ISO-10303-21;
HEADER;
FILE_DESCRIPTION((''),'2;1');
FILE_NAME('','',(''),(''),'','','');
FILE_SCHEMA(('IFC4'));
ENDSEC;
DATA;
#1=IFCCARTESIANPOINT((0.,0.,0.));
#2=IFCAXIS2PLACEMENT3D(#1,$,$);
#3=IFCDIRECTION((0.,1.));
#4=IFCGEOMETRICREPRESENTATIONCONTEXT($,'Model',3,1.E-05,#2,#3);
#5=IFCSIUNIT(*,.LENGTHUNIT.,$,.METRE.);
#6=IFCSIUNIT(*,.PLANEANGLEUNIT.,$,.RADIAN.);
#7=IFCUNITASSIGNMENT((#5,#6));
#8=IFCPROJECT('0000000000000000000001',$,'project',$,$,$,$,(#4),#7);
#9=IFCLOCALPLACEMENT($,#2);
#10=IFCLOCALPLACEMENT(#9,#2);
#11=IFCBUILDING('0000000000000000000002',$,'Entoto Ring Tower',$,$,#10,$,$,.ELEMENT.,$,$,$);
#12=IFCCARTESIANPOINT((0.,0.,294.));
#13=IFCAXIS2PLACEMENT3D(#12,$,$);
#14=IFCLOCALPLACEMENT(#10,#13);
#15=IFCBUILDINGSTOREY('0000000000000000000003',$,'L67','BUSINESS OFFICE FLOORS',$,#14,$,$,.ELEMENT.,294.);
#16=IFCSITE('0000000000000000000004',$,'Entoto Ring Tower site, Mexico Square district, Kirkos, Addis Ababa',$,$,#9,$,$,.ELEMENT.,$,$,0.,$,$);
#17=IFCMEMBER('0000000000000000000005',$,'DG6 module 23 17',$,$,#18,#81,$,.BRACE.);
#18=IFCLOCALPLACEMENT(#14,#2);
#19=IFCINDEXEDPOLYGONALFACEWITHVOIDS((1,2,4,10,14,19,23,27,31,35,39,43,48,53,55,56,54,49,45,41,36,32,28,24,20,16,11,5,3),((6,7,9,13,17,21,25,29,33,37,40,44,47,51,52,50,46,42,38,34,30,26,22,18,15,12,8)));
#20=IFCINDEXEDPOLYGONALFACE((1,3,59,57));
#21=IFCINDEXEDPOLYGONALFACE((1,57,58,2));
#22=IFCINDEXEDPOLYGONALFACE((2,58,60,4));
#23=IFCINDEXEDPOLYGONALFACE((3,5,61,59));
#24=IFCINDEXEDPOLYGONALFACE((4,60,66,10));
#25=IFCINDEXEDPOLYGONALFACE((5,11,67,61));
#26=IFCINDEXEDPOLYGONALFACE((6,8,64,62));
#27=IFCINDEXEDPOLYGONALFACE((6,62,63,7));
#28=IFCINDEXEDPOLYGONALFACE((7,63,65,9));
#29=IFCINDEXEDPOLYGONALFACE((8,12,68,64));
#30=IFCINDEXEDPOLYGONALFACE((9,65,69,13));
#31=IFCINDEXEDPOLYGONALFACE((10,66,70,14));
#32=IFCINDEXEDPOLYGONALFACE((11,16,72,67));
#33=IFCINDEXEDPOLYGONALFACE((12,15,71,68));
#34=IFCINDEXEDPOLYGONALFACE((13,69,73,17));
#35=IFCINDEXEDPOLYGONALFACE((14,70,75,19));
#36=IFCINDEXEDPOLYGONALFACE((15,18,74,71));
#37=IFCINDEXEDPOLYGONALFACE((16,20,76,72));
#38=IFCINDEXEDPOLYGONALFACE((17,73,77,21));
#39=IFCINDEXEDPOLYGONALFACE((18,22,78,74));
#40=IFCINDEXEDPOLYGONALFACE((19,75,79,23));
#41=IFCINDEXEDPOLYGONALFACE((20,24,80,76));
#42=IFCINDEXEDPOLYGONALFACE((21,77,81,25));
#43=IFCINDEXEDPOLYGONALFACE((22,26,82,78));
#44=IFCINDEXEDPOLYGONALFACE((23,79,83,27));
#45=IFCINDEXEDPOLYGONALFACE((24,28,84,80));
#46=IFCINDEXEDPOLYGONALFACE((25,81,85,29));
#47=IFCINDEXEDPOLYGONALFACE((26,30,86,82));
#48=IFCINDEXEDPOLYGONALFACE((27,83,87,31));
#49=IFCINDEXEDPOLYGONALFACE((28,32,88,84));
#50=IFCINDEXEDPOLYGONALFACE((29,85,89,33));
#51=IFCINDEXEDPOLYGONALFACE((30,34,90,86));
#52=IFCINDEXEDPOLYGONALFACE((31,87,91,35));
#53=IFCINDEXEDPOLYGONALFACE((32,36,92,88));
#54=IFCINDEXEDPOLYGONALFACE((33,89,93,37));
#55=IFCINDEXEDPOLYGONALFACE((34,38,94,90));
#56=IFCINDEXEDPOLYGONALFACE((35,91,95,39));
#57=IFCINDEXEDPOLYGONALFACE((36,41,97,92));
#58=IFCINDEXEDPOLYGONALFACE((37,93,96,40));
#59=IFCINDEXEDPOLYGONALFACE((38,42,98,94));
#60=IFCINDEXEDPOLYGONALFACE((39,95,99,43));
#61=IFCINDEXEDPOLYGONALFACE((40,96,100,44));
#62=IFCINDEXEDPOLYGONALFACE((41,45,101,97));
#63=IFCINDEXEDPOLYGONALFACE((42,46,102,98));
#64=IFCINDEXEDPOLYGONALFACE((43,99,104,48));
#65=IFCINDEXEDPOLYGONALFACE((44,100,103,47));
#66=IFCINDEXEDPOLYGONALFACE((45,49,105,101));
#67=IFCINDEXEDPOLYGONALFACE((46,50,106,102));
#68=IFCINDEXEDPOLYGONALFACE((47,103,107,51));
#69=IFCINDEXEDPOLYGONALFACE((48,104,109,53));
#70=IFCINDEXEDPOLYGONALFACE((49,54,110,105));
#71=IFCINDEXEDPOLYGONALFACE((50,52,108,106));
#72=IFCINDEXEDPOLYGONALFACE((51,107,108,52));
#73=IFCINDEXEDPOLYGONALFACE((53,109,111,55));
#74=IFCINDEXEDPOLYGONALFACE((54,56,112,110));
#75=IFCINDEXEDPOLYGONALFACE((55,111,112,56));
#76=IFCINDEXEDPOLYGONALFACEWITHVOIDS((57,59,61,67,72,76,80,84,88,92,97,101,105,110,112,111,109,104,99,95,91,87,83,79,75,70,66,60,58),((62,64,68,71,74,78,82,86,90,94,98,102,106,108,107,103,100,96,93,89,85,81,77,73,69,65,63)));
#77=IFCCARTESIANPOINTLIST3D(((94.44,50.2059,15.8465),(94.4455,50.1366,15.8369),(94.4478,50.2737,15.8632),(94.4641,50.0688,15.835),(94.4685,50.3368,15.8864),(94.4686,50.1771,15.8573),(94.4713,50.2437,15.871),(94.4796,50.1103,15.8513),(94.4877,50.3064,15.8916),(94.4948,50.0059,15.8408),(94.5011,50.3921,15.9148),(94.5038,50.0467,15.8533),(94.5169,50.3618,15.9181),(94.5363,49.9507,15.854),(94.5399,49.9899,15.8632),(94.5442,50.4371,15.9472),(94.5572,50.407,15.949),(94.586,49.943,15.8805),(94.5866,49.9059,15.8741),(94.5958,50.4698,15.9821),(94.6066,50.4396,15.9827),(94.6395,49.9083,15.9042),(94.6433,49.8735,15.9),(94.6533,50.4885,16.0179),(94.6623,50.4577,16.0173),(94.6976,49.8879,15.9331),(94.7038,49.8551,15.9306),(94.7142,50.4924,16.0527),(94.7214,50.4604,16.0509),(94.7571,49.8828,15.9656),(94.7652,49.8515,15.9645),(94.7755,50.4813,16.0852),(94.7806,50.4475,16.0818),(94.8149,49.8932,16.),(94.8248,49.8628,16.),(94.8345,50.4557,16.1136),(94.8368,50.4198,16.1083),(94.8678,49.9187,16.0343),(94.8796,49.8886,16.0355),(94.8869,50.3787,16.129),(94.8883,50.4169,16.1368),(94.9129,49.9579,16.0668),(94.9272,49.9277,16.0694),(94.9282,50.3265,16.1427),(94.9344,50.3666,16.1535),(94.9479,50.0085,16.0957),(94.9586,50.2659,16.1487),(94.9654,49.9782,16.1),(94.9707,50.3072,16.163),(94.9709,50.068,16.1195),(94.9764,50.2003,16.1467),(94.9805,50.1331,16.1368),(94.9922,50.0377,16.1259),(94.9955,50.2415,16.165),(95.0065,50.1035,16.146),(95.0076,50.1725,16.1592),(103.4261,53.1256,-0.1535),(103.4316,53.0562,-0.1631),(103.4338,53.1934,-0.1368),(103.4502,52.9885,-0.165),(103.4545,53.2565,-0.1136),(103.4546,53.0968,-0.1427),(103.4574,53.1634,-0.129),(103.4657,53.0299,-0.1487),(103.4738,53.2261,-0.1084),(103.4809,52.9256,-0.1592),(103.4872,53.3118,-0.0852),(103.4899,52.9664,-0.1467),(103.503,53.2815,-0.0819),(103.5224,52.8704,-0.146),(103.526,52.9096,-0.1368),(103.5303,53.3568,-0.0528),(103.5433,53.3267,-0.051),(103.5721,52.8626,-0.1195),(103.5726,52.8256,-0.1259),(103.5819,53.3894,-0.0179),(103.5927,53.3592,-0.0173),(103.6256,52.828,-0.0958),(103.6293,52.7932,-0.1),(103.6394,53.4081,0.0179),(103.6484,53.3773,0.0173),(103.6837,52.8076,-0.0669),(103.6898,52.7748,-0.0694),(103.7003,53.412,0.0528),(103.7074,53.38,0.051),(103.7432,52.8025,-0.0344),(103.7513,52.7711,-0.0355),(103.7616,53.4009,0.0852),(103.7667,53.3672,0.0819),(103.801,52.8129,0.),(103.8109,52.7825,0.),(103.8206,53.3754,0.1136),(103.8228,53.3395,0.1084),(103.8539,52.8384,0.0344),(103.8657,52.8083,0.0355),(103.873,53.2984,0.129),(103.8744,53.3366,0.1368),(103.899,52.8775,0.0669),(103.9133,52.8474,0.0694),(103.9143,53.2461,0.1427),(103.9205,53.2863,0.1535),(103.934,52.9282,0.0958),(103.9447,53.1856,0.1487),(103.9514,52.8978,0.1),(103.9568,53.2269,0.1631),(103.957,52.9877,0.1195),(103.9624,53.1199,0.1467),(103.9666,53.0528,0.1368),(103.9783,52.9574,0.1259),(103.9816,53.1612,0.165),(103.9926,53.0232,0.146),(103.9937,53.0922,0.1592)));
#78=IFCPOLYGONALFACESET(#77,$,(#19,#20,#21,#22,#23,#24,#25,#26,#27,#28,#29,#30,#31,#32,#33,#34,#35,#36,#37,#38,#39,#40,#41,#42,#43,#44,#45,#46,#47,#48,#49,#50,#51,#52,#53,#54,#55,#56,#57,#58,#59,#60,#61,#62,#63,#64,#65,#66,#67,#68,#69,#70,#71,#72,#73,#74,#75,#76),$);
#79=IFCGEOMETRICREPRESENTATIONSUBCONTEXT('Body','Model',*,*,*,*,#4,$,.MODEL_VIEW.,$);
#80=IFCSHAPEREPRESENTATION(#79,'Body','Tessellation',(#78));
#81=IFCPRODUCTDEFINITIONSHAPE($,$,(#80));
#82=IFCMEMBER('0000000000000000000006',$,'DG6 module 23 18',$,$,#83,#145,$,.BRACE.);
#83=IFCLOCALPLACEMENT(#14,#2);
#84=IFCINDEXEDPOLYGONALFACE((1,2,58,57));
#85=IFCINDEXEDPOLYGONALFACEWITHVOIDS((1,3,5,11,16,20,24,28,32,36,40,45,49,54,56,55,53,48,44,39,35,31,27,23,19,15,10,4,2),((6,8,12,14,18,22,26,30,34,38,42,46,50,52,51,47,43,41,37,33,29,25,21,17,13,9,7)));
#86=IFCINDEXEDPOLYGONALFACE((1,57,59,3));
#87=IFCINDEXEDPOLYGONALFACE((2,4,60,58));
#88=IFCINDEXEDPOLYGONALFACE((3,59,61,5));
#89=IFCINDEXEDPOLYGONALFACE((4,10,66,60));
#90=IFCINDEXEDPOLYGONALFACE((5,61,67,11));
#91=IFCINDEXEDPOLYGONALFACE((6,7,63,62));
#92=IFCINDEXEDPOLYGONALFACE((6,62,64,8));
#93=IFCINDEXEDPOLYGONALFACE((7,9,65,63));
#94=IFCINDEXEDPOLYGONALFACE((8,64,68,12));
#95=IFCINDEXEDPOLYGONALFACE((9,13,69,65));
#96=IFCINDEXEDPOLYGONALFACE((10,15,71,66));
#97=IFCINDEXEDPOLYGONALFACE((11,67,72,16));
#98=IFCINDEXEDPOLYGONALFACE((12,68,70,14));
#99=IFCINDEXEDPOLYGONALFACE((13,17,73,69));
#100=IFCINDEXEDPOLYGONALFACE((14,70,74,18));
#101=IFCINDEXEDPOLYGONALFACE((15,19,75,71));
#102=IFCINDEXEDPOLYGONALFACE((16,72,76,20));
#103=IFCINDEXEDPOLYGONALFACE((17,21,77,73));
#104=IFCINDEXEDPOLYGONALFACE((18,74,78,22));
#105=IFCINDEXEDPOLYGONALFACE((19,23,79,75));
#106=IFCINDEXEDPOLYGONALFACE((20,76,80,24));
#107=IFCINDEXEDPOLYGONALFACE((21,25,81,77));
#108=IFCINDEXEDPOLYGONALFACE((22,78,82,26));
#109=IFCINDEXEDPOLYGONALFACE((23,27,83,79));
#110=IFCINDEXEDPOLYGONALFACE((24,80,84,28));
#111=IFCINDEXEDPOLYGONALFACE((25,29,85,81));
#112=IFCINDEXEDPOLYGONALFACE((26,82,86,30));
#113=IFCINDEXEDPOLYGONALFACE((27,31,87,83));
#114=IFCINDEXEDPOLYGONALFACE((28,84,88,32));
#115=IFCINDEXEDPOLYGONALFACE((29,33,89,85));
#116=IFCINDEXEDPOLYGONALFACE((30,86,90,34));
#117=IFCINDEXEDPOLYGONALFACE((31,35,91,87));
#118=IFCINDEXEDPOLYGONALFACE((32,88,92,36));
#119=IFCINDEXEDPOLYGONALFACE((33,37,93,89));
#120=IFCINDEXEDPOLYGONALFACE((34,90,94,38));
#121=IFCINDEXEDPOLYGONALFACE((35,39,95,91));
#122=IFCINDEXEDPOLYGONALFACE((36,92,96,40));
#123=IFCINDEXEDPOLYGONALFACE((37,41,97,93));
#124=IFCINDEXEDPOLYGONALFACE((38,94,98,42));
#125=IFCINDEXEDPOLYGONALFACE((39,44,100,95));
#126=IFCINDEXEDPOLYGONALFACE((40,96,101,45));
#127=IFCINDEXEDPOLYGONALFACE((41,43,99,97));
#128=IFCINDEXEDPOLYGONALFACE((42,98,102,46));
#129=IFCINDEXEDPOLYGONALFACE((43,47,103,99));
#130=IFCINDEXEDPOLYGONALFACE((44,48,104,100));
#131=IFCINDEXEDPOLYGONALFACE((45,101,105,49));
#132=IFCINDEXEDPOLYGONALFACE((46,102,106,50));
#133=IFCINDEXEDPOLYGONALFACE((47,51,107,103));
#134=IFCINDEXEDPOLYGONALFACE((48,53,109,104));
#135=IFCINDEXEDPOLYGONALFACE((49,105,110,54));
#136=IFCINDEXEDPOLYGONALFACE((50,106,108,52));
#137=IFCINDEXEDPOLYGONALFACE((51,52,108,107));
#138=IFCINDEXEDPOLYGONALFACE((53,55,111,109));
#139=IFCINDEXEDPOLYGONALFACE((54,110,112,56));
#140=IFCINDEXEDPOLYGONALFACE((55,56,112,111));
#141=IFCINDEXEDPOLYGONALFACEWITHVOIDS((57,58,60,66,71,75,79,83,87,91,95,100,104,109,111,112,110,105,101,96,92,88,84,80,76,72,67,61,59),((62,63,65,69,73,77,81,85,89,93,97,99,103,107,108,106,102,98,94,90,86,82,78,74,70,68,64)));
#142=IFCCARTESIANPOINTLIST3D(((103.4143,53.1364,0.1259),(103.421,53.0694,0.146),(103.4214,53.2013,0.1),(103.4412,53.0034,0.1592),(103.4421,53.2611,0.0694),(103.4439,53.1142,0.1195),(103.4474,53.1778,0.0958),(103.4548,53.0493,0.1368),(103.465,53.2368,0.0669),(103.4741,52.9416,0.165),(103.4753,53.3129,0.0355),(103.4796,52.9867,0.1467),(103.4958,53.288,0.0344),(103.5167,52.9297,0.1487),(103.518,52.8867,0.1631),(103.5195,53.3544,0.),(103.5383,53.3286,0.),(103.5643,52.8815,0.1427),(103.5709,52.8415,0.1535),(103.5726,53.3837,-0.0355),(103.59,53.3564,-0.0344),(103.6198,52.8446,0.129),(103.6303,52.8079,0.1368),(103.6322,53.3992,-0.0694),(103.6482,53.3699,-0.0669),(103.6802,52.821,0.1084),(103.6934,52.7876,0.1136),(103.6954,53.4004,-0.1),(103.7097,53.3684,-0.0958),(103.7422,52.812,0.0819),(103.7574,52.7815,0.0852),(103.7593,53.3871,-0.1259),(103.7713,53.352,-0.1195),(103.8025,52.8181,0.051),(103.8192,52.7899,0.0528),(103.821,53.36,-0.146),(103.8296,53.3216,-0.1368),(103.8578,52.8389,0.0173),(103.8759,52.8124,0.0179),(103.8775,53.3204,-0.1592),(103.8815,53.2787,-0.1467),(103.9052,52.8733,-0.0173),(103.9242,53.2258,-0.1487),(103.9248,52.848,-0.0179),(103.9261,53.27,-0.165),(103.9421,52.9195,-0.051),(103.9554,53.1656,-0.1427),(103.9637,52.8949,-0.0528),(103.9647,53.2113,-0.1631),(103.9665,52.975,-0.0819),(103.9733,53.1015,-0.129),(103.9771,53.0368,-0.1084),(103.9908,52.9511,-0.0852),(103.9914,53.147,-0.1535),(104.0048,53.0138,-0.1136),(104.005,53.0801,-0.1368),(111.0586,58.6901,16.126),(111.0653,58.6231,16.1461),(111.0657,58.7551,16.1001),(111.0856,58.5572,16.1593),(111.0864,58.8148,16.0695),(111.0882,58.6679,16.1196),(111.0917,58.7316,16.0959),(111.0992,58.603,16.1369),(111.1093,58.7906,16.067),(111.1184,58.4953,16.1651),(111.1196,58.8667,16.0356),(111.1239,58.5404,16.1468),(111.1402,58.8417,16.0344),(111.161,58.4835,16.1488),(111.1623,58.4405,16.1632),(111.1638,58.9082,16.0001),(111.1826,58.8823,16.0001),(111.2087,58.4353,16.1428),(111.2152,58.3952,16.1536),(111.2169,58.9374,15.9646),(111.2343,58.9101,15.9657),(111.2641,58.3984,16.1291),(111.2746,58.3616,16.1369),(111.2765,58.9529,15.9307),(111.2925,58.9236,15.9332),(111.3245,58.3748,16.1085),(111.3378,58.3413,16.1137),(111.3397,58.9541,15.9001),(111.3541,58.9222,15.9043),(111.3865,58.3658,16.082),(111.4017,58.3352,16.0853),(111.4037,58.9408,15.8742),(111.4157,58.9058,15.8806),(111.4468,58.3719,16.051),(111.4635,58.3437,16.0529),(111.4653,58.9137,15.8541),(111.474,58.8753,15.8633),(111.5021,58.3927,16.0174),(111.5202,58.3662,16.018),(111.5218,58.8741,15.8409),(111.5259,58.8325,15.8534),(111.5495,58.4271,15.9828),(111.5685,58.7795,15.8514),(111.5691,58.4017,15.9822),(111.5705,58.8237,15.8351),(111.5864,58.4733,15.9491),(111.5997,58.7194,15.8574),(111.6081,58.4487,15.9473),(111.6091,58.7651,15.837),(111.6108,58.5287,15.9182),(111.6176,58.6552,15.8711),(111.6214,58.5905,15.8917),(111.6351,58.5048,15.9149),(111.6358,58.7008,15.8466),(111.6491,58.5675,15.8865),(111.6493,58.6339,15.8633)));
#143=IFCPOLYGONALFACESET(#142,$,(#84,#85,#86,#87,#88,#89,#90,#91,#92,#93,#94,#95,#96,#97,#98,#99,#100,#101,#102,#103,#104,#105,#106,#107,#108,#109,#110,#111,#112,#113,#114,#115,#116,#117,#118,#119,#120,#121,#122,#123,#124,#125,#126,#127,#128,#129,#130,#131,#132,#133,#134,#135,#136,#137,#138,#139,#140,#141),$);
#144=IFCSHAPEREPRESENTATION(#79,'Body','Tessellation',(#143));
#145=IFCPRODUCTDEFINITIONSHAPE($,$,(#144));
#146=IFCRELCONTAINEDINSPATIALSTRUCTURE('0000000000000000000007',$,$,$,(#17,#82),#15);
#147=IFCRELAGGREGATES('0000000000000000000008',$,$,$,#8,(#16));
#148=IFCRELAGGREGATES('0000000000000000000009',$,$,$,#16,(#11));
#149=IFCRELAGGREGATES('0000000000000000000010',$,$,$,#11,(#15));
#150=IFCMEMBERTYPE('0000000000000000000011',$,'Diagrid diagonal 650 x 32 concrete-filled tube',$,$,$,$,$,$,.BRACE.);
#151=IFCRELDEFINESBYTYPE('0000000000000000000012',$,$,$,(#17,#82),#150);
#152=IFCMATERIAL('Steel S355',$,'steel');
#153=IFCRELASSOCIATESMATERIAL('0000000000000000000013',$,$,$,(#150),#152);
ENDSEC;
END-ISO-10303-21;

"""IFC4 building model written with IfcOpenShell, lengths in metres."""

from ifc_helpers import new_model, si_unit, direction, frame, origin, origin_2d, place, context, subcontext, project, spatial, circle, hollow_circle, extrude, material, material_profile, profile_set, type_object, element, save


model = new_model("IFC4")

# Units and contexts
model_context = context("Model", 3, precision=1e-05, world=origin(), true_north=direction((0.0, 1.0)))
body_context = subcontext(model_context, "Body", "Model", "MODEL_VIEW")
ifc_project = project(units=[si_unit("LENGTHUNIT", "METRE"), si_unit("PLANEANGLEUNIT", "RADIAN")], contexts=[model_context])

# Site, building, storey
site_placement = place(None, origin())
site = spatial("IfcSite", under=ifc_project, at=site_placement, Name="Entoto Ring Tower site, Mexico Square district, Kirkos, Addis Ababa", CompositionType="ELEMENT", RefElevation=0.0)
building_placement = place(site_placement, origin())
building = spatial("IfcBuilding", under=site, at=building_placement, Name="Entoto Ring Tower", CompositionType="ELEMENT")
storey_placement = place(building_placement, frame((0.0, 0.0, 294.0)))
storey = spatial("IfcBuildingStorey", under=building, at=storey_placement, Name="L67", Description="BUSINESS OFFICE FLOORS", CompositionType="ELEMENT", Elevation=294.0)

# Members
ifc_material_1 = material(Name="Steel S355", Category="steel")
ifc_material_profile_1 = material_profile(ifc_material_1, hollow_circle(Radius=0.325, WallThickness=0.032, at=origin_2d()), Name="CHS 650 x 32")
ifc_material_2 = material(Name="Concrete C60/75", Category="concrete")
ifc_material_profile_2 = material_profile(ifc_material_2, circle(Radius=0.293, at=origin_2d()), Name="Concrete C60/75 infill")
ifc_profile_set_1 = profile_set([ifc_material_profile_1, ifc_material_profile_2], Name="Steel S355")
member_type_1 = type_object("IfcMemberType", Name="Diagrid diagonal 650 x 32 concrete-filled tube", PredefinedType="BRACE", material=ifc_profile_set_1)
member_1_placement = place(storey_placement, frame((103.7104, 53.0916, 0.0), z_axis=(-0.483602, -0.157128, 0.861069), x_axis=(0.30901, -0.951059, 0.0)))
element("IfcMember", 1, at=member_1_placement, inside=storey, type_object=member_type_1, Name="DG6 module 23 17", PredefinedType="BRACE", context=body_context, shape_type="SweptSolid", body=[
    extrude(hollow_circle(Radius=0.325, WallThickness=0.032, at=origin_2d()), origin(), (0.0, 0.0, 1.0), 18.5815),
])
for number, where, z_axis, x_axis, name in (
    (2, (103.7104, 53.0916, 0.0), (0.411388, 0.298881, 0.861063), (-0.587772, 0.809026, 0.0), "DG6 module 23 18"),
):
    element("IfcMember", number, at=place(storey_placement, frame(where, z_axis=z_axis, x_axis=x_axis)), inside=storey, type_object=member_type_1, Name=name, PredefinedType="BRACE", context=body_context, shape_type="SweptSolid", body=[
        extrude(hollow_circle(Radius=0.325, WallThickness=0.032, at=origin_2d()), origin(), (0.0, 0.0, 1.0), 18.5818),
    ])

save(model, "model.ifc")
